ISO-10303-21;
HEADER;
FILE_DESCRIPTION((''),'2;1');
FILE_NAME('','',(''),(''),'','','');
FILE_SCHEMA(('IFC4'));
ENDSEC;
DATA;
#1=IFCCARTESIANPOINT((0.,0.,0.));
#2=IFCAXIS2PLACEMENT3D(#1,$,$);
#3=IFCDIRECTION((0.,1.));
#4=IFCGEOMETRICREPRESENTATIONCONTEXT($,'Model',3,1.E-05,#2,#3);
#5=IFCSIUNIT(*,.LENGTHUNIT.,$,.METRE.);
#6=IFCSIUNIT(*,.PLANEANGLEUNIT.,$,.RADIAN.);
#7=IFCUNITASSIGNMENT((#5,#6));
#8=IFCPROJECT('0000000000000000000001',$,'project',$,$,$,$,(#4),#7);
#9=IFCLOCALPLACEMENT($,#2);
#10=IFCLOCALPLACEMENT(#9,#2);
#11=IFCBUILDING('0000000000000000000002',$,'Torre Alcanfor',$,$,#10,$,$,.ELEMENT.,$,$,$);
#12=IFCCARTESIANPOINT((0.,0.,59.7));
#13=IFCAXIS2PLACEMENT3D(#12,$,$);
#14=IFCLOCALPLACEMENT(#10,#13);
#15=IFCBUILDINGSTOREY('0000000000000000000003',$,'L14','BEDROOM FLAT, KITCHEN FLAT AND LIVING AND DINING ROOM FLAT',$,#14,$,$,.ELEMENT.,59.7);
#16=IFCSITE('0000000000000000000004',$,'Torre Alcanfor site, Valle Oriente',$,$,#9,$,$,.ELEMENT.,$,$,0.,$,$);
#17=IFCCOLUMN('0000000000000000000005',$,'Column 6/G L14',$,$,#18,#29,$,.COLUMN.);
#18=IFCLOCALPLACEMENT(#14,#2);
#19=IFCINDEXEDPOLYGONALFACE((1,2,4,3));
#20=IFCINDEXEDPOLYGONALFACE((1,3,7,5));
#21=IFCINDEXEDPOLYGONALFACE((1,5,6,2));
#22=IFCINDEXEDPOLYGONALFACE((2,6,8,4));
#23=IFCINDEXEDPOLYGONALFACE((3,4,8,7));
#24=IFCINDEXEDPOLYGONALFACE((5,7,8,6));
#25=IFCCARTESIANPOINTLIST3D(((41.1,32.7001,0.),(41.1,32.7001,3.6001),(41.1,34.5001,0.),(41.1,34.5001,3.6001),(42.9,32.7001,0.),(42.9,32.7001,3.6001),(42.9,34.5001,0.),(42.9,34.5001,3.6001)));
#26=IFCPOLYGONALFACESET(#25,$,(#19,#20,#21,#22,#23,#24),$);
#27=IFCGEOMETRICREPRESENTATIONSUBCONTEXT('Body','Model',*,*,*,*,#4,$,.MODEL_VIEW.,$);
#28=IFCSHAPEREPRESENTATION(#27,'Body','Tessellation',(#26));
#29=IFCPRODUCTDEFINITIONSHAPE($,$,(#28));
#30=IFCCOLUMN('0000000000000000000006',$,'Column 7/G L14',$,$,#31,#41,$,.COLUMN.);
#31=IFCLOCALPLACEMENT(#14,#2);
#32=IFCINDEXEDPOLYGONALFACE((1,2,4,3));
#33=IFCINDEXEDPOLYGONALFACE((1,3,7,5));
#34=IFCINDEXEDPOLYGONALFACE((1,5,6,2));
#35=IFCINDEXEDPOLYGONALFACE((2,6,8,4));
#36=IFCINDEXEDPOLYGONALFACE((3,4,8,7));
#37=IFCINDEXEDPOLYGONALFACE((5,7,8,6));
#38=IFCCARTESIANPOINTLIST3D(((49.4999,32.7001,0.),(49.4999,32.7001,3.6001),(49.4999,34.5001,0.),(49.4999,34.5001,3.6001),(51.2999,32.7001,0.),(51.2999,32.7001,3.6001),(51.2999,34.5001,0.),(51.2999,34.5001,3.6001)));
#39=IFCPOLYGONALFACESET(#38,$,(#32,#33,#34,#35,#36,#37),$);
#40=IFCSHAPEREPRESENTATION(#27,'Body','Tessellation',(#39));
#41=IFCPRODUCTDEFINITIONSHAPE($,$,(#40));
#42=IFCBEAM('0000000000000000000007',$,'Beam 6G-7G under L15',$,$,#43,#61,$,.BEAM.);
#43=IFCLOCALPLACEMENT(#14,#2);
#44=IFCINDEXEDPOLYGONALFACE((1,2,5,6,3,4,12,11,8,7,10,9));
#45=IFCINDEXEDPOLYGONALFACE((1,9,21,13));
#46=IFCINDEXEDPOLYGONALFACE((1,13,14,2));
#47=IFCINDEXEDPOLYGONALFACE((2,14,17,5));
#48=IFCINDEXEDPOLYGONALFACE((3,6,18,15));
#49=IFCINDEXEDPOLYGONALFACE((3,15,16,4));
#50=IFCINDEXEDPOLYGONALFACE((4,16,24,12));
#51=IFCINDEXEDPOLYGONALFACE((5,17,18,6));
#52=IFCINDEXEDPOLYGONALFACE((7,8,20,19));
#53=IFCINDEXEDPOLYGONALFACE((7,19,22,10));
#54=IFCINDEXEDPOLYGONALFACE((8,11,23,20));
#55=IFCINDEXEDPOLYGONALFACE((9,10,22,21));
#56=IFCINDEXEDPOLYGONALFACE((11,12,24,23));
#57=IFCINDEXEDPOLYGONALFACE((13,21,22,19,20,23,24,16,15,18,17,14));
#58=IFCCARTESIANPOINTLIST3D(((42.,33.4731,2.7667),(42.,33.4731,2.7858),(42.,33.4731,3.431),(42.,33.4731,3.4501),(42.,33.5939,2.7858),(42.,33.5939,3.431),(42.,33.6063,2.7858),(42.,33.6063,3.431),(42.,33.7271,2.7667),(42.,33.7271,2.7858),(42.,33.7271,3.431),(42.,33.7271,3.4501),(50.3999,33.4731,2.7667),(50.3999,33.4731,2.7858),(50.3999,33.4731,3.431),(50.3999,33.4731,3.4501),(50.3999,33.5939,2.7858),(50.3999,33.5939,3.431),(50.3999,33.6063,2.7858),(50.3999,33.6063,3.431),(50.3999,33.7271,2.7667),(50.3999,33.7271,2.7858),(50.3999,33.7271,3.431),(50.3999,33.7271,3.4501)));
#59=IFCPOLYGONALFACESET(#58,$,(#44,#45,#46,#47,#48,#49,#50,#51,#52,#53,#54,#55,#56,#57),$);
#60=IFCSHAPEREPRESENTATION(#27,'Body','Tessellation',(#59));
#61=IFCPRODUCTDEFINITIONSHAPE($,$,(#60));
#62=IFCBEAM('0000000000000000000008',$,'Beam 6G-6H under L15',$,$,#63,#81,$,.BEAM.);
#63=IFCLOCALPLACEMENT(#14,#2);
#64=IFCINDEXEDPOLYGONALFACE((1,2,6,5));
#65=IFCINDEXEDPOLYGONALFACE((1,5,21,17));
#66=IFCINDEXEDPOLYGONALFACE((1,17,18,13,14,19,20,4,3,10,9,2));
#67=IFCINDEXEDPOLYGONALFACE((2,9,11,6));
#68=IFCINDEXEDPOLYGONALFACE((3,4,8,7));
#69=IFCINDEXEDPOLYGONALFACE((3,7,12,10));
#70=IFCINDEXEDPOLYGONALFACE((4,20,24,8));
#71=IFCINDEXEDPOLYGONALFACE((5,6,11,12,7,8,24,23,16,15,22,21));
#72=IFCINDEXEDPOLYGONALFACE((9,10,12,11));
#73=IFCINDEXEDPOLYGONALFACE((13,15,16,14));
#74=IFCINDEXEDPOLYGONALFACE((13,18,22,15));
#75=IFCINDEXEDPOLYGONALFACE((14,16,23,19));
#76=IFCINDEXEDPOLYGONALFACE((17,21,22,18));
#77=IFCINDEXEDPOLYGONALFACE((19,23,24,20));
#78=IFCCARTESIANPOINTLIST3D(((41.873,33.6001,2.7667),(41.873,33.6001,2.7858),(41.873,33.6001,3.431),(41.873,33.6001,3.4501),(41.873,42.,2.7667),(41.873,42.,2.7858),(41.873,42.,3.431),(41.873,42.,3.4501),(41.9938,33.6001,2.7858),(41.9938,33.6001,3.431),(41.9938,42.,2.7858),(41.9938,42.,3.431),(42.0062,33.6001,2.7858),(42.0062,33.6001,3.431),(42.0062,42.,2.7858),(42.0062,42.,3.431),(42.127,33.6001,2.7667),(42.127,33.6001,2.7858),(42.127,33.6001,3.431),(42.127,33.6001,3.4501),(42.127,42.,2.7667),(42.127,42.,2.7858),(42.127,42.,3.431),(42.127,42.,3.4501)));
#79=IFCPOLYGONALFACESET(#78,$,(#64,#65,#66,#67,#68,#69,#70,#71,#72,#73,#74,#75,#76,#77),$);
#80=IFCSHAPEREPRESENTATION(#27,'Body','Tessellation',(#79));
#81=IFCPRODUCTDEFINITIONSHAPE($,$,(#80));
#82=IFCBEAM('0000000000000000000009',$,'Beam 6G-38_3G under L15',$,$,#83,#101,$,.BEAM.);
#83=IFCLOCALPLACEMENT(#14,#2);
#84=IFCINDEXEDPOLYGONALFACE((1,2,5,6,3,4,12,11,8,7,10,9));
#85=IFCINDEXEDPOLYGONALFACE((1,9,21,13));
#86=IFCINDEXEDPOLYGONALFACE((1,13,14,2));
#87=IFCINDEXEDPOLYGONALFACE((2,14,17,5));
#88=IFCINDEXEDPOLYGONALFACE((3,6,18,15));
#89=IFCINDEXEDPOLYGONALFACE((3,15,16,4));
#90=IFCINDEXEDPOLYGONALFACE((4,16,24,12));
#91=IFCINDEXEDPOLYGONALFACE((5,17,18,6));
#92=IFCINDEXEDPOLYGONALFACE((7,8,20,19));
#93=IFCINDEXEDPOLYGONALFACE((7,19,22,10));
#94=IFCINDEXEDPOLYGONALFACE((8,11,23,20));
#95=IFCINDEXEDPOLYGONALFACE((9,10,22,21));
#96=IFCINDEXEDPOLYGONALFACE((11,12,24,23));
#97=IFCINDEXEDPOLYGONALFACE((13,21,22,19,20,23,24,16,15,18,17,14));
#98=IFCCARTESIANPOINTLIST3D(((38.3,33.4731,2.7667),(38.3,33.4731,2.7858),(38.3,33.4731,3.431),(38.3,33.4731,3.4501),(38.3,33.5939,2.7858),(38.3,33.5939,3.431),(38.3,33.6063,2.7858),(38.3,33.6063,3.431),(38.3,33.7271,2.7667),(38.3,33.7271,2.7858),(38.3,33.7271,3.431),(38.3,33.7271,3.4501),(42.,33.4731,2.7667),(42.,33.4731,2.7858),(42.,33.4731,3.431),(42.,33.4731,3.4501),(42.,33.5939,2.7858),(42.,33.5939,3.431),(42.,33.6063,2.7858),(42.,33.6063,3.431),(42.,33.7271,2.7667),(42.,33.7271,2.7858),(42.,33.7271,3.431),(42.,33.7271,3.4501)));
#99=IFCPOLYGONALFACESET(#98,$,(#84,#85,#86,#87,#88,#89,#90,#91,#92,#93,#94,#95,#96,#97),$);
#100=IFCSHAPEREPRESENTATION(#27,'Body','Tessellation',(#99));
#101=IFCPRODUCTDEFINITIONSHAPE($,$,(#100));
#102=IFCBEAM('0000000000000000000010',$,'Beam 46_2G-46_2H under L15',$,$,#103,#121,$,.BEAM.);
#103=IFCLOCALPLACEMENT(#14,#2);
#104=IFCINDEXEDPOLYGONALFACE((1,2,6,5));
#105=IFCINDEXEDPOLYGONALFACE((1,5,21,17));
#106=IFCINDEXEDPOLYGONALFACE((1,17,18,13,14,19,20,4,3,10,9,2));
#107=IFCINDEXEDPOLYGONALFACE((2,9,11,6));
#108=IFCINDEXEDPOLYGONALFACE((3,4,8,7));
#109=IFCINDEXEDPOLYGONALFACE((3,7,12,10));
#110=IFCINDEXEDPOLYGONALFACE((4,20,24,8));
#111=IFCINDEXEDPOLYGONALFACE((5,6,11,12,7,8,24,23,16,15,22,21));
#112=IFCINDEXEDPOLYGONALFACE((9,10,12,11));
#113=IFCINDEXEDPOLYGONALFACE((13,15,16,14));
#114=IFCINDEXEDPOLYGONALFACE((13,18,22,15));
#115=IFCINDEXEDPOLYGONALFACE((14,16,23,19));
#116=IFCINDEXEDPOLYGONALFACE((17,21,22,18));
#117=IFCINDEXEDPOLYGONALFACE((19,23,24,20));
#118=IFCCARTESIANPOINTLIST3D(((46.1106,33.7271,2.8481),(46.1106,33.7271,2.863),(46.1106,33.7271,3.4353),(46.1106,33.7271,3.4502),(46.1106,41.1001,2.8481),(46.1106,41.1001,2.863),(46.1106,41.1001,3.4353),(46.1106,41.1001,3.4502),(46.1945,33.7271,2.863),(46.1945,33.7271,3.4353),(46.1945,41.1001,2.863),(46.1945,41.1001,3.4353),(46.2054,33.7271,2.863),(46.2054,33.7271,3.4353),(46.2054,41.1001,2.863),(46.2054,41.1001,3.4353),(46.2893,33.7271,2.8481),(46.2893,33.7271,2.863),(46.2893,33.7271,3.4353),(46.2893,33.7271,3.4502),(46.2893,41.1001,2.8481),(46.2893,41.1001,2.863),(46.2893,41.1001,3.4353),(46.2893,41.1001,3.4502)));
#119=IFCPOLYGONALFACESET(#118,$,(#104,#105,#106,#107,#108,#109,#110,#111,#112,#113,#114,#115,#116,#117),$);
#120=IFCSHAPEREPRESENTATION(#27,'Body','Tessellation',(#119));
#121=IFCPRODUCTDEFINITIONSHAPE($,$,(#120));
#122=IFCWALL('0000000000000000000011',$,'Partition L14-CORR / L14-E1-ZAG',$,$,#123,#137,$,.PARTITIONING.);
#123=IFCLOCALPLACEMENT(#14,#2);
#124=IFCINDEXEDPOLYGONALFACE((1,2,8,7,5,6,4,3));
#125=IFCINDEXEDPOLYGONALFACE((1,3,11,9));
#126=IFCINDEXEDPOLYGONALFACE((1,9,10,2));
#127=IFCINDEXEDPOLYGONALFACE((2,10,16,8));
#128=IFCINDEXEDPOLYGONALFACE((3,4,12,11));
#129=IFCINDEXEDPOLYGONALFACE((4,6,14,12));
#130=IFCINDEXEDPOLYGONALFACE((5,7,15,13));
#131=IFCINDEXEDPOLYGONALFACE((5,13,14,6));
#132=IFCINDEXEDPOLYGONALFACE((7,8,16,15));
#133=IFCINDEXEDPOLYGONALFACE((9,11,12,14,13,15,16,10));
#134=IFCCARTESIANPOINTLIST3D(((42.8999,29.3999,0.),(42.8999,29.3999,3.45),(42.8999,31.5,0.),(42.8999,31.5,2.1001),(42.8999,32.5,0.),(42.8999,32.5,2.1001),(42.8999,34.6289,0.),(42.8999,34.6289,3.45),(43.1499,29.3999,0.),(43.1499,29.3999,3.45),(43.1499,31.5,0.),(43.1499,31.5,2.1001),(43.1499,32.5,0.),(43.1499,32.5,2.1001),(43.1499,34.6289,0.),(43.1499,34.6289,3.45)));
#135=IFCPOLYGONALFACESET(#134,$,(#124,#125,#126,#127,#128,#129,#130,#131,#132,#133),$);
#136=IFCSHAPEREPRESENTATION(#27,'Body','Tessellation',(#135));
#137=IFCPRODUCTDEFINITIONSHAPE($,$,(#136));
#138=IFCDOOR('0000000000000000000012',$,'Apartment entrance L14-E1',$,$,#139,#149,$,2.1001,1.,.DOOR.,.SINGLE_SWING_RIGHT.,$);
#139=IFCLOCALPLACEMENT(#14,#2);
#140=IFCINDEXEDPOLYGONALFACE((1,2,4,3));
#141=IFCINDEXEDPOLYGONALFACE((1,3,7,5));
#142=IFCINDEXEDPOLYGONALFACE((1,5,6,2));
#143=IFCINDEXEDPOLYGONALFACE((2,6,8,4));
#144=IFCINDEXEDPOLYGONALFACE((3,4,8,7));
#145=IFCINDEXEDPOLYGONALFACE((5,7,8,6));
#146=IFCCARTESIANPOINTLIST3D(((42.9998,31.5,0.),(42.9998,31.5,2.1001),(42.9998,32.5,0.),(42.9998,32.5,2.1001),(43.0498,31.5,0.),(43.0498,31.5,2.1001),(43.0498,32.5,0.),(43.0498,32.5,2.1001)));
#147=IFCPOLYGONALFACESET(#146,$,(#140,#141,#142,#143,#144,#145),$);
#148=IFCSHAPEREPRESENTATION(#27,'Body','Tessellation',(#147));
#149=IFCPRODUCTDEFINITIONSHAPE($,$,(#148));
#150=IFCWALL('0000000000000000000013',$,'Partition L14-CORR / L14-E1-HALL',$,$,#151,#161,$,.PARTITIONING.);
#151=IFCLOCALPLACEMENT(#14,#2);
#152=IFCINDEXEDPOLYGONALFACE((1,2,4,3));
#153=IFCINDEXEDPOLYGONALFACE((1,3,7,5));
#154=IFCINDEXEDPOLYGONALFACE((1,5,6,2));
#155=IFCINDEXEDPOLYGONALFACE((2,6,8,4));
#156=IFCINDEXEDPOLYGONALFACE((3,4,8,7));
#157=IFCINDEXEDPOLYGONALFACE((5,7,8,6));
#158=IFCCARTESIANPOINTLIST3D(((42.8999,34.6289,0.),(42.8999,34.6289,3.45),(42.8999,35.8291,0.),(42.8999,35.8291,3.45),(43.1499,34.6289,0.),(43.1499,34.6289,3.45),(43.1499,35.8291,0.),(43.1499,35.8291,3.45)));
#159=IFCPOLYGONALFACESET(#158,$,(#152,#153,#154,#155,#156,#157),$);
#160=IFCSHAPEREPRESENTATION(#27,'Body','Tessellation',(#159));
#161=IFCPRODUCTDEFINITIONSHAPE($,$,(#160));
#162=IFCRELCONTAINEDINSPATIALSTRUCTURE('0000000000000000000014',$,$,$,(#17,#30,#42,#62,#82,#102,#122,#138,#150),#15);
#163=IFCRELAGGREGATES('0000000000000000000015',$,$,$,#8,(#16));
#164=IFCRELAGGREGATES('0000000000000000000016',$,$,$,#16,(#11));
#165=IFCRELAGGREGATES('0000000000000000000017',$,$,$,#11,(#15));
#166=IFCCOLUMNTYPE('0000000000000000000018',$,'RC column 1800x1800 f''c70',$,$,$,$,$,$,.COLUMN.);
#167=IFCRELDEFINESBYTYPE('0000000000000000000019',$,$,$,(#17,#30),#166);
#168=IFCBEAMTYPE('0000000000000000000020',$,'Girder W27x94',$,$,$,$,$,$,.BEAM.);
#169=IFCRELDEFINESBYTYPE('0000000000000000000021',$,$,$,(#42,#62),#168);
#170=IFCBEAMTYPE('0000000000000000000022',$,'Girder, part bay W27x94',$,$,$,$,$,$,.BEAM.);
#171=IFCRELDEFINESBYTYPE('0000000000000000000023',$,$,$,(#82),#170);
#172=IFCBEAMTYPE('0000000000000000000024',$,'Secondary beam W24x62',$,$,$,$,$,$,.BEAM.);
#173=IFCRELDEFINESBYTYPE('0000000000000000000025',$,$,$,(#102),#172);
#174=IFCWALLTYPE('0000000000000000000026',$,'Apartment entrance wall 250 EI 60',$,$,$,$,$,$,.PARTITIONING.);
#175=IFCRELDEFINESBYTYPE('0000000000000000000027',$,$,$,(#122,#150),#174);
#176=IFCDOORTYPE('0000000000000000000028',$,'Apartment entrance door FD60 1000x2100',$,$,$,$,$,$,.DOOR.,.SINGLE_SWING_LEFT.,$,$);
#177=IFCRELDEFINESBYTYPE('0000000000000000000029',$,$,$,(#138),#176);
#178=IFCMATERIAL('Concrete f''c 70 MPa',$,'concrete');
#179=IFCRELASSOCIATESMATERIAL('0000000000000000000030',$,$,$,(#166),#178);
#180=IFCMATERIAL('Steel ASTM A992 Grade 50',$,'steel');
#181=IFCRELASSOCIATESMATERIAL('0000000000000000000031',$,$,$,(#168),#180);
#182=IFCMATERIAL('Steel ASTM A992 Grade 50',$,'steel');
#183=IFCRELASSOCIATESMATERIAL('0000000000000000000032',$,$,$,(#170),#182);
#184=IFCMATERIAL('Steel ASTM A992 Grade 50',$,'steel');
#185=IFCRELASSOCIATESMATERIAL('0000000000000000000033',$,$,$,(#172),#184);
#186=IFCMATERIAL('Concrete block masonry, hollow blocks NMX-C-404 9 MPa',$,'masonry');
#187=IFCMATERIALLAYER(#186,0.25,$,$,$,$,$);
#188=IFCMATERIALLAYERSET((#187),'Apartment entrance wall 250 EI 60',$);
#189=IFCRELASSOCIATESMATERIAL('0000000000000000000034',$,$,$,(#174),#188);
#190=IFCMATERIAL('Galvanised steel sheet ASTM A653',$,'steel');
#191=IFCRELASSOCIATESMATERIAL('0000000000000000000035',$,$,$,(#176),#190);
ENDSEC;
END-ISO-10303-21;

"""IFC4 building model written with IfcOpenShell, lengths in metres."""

from ifc_helpers import new_model, si_unit, direction, frame, frame_2d, origin, origin_2d, place, context, subcontext, project, spatial, rectangle, i_section, extrude, material, layer, layer_set, material_profile, profile_set, type_object, element, fill, save


model = new_model("IFC4")

# Units and contexts
model_context = context("Model", 3, precision=1e-05, world=origin(), true_north=direction((0.0, 1.0)))
body_context = subcontext(model_context, "Body", "Model", "MODEL_VIEW")
ifc_project = project(units=[si_unit("LENGTHUNIT", "METRE"), si_unit("PLANEANGLEUNIT", "RADIAN")], contexts=[model_context])

# Site, building, storey
site_placement = place(None, origin())
site = spatial("IfcSite", under=ifc_project, at=site_placement, Name="Torre Alcanfor site, Valle Oriente", CompositionType="ELEMENT", RefElevation=0.0)
building_placement = place(site_placement, origin())
building = spatial("IfcBuilding", under=site, at=building_placement, Name="Torre Alcanfor", CompositionType="ELEMENT")
storey_placement = place(building_placement, frame((0.0, 0.0, 59.7)))
storey = spatial("IfcBuildingStorey", under=building, at=storey_placement, Name="L14", Description="BEDROOM FLAT, KITCHEN FLAT AND LIVING AND DINING ROOM FLAT", CompositionType="ELEMENT", Elevation=59.7)

# Columns
ifc_material_1 = material(Name="Concrete f'c 70 MPa", Category="concrete")
ifc_material_profile_1 = material_profile(ifc_material_1, rectangle(XDim=1.8, YDim=1.8, at=origin_2d()), Name="1800x1800")
ifc_profile_set_1 = profile_set([ifc_material_profile_1], Name="Concrete f'c 70 MPa")
column_type = type_object("IfcColumnType", Name="RC column 1800x1800 f'c70", PredefinedType="COLUMN", material=ifc_profile_set_1)
for number, where, z_axis, x_axis, name in (
    (1, (42.0, 33.6001, 0.0), (0.0, 0.0, 1.0), (1.0, 0.0, 0.0), "Column 6/G L14"),
    (2, (50.3999, 33.6001, 0.0), (0.0, 0.0, 1.0), (1.0, 0.0, 0.0), "Column 7/G L14"),
):
    element("IfcColumn", number, at=place(storey_placement, frame(where, z_axis=z_axis, x_axis=x_axis)), inside=storey, type_object=column_type, Name=name, PredefinedType="COLUMN", context=body_context, shape_type="SweptSolid", body=[
        extrude(rectangle(XDim=1.8, YDim=1.8, at=origin_2d()), origin(), (0.0, 0.0, 1.0), 3.6001),
    ])

# Beams
ifc_material_2 = material(Name="Steel ASTM A992 Grade 50", Category="steel")
ifc_material_profile_2 = material_profile(ifc_material_2, i_section(OverallWidth=0.2539, OverallDepth=0.6833, WebThickness=0.0125, FlangeThickness=0.019, at=origin_2d()), Name="W27x94")
ifc_profile_set_2 = profile_set([ifc_material_profile_2], Name="Steel ASTM A992 Grade 50")
beam_type_1 = type_object("IfcBeamType", Name="Girder W27x94", PredefinedType="BEAM", material=ifc_profile_set_2)
for number, where, z_axis, x_axis, name in (
    (3, (42.0, 33.6001, 3.1084), (1.0, 0.0, 0.0), (0.0, 1.0, 0.0), "Beam 6G-7G under L15"),
    (4, (42.0, 33.6001, 3.1084), (0.0, 1.0, 0.0), (-1.0, 0.0, 0.0), "Beam 6G-6H under L15"),
):
    element("IfcBeam", number, at=place(storey_placement, frame(where, z_axis=z_axis, x_axis=x_axis)), inside=storey, type_object=beam_type_1, Name=name, PredefinedType="BEAM", context=body_context, shape_type="SweptSolid", body=[
        extrude(i_section(OverallWidth=0.2539, OverallDepth=0.6833, WebThickness=0.0125, FlangeThickness=0.019, at=origin_2d()), origin(), (0.0, 0.0, 1.0), 8.3999),
    ])
ifc_material_3 = material(Name="Steel ASTM A992 Grade 50", Category="steel")
ifc_material_profile_3 = material_profile(ifc_material_3, i_section(OverallWidth=0.2539, OverallDepth=0.6833, WebThickness=0.0125, FlangeThickness=0.019, at=origin_2d()), Name="W27x94")
ifc_profile_set_3 = profile_set([ifc_material_profile_3], Name="Steel ASTM A992 Grade 50")
beam_type_2 = type_object("IfcBeamType", Name="Girder, part bay W27x94", PredefinedType="BEAM", material=ifc_profile_set_3)
beam_1_placement = place(storey_placement, frame((42.0, 33.6001, 3.1084), z_axis=(-1.0, 0.0, 0.0), x_axis=(0.0, -1.0, 0.0)))
element("IfcBeam", 5, at=beam_1_placement, inside=storey, type_object=beam_type_2, Name="Beam 6G-38_3G under L15", PredefinedType="BEAM", context=body_context, shape_type="SweptSolid", body=[
    extrude(i_section(OverallWidth=0.2539, OverallDepth=0.6833, WebThickness=0.0125, FlangeThickness=0.019, at=origin_2d()), origin(), (0.0, 0.0, 1.0), 3.7),
])
ifc_material_4 = material(Name="Steel ASTM A992 Grade 50", Category="steel")
ifc_material_profile_4 = material_profile(ifc_material_4, i_section(OverallWidth=0.1787, OverallDepth=0.6021, WebThickness=0.011, FlangeThickness=0.0149, at=origin_2d()), Name="W24x62")
ifc_profile_set_4 = profile_set([ifc_material_profile_4], Name="Steel ASTM A992 Grade 50")
beam_type_3 = type_object("IfcBeamType", Name="Secondary beam W24x62", PredefinedType="BEAM", material=ifc_profile_set_4)
beam_2_placement = place(storey_placement, frame((46.2, 33.7271, 3.1492), z_axis=(0.0, 1.0, 0.0), x_axis=(-1.0, 0.0, 0.0)))
element("IfcBeam", 6, at=beam_2_placement, inside=storey, type_object=beam_type_3, Name="Beam 46_2G-46_2H under L15", PredefinedType="BEAM", context=body_context, shape_type="SweptSolid", body=[
    extrude(i_section(OverallWidth=0.1787, OverallDepth=0.6021, WebThickness=0.011, FlangeThickness=0.0149, at=origin_2d()), origin(), (0.0, 0.0, 1.0), 7.373),
])

# Wall, opening, door
ifc_material_5 = material(Name="Concrete block masonry, hollow blocks NMX-C-404 9 MPa", Category="masonry")
ifc_layer_1 = layer(ifc_material_5, 0.25)
ifc_layer_set_1 = layer_set([ifc_layer_1], Name="Apartment entrance wall 250 EI 60")
wall_type_1 = type_object("IfcWallType", Name="Apartment entrance wall 250 EI 60", PredefinedType="PARTITIONING", material=ifc_layer_set_1)
wall_1_placement = place(storey_placement, frame((43.0249, 34.6289, 0.0), z_axis=(0.0, 0.0, 1.0), x_axis=(0.0, -1.0, 0.0)))
wall_1 = element("IfcWall", 7, at=wall_1_placement, inside=storey, type_object=wall_type_1, Name="Partition L14-CORR / L14-E1-ZAG", PredefinedType="PARTITIONING", context=body_context, shape_type="SweptSolid", body=[
    extrude(rectangle(XDim=5.229, YDim=0.25, at=frame_2d((2.6145, 0.0))), origin(), (0.0, 0.0, 1.0), 3.45),
])
opening_1_placement = place(wall_1_placement, frame((2.1289, 0.0, 0.0)))
opening_1 = element("IfcOpeningElement", 8, at=opening_1_placement, cuts=wall_1, PredefinedType="OPENING", context=body_context, shape_type="SweptSolid", body=[
    extrude(rectangle(XDim=1.0, YDim=2.1001, at=frame_2d((0.5, 1.05))), frame((0.0, 0.135, 0.0), z_axis=(0.0, -1.0, 0.0), x_axis=(1.0, 0.0, 0.0)), (0.0, 0.0, 1.0), 0.27),
])
ifc_material_6 = material(Name="Galvanised steel sheet ASTM A653", Category="steel")
door_type_1 = type_object("IfcDoorType", Name="Apartment entrance door FD60 1000x2100", OperationType="SINGLE_SWING_LEFT", PredefinedType="DOOR", material=ifc_material_6)
door_1_placement = place(opening_1_placement, origin())
door_1 = element("IfcDoor", 9, at=door_1_placement, inside=storey, type_object=door_type_1, Name="Apartment entrance L14-E1", OperationType="SINGLE_SWING_RIGHT", OverallHeight=2.1001, OverallWidth=1.0, PredefinedType="DOOR", context=body_context, shape_type="SweptSolid", body=[
    extrude(rectangle(XDim=1.0, YDim=2.1001, at=frame_2d((0.5, 1.05))), frame((0.0, 0.0249, 0.0), z_axis=(0.0, -1.0, 0.0), x_axis=(1.0, 0.0, 0.0)), (0.0, 0.0, 1.0), 0.05),
])
fill(opening_1, door_1)

# Wall
wall_2_placement = place(storey_placement, frame((43.0249, 35.8291, 0.0), z_axis=(0.0, 0.0, 1.0), x_axis=(0.0, -1.0, 0.0)))
element("IfcWall", 10, at=wall_2_placement, inside=storey, type_object=wall_type_1, Name="Partition L14-CORR / L14-E1-HALL", PredefinedType="PARTITIONING", context=body_context, shape_type="SweptSolid", body=[
    extrude(rectangle(XDim=1.2002, YDim=0.25, at=frame_2d((0.6001, 0.0))), origin(), (0.0, 0.0, 1.0), 3.45),
])

save(model, "model.ifc")
